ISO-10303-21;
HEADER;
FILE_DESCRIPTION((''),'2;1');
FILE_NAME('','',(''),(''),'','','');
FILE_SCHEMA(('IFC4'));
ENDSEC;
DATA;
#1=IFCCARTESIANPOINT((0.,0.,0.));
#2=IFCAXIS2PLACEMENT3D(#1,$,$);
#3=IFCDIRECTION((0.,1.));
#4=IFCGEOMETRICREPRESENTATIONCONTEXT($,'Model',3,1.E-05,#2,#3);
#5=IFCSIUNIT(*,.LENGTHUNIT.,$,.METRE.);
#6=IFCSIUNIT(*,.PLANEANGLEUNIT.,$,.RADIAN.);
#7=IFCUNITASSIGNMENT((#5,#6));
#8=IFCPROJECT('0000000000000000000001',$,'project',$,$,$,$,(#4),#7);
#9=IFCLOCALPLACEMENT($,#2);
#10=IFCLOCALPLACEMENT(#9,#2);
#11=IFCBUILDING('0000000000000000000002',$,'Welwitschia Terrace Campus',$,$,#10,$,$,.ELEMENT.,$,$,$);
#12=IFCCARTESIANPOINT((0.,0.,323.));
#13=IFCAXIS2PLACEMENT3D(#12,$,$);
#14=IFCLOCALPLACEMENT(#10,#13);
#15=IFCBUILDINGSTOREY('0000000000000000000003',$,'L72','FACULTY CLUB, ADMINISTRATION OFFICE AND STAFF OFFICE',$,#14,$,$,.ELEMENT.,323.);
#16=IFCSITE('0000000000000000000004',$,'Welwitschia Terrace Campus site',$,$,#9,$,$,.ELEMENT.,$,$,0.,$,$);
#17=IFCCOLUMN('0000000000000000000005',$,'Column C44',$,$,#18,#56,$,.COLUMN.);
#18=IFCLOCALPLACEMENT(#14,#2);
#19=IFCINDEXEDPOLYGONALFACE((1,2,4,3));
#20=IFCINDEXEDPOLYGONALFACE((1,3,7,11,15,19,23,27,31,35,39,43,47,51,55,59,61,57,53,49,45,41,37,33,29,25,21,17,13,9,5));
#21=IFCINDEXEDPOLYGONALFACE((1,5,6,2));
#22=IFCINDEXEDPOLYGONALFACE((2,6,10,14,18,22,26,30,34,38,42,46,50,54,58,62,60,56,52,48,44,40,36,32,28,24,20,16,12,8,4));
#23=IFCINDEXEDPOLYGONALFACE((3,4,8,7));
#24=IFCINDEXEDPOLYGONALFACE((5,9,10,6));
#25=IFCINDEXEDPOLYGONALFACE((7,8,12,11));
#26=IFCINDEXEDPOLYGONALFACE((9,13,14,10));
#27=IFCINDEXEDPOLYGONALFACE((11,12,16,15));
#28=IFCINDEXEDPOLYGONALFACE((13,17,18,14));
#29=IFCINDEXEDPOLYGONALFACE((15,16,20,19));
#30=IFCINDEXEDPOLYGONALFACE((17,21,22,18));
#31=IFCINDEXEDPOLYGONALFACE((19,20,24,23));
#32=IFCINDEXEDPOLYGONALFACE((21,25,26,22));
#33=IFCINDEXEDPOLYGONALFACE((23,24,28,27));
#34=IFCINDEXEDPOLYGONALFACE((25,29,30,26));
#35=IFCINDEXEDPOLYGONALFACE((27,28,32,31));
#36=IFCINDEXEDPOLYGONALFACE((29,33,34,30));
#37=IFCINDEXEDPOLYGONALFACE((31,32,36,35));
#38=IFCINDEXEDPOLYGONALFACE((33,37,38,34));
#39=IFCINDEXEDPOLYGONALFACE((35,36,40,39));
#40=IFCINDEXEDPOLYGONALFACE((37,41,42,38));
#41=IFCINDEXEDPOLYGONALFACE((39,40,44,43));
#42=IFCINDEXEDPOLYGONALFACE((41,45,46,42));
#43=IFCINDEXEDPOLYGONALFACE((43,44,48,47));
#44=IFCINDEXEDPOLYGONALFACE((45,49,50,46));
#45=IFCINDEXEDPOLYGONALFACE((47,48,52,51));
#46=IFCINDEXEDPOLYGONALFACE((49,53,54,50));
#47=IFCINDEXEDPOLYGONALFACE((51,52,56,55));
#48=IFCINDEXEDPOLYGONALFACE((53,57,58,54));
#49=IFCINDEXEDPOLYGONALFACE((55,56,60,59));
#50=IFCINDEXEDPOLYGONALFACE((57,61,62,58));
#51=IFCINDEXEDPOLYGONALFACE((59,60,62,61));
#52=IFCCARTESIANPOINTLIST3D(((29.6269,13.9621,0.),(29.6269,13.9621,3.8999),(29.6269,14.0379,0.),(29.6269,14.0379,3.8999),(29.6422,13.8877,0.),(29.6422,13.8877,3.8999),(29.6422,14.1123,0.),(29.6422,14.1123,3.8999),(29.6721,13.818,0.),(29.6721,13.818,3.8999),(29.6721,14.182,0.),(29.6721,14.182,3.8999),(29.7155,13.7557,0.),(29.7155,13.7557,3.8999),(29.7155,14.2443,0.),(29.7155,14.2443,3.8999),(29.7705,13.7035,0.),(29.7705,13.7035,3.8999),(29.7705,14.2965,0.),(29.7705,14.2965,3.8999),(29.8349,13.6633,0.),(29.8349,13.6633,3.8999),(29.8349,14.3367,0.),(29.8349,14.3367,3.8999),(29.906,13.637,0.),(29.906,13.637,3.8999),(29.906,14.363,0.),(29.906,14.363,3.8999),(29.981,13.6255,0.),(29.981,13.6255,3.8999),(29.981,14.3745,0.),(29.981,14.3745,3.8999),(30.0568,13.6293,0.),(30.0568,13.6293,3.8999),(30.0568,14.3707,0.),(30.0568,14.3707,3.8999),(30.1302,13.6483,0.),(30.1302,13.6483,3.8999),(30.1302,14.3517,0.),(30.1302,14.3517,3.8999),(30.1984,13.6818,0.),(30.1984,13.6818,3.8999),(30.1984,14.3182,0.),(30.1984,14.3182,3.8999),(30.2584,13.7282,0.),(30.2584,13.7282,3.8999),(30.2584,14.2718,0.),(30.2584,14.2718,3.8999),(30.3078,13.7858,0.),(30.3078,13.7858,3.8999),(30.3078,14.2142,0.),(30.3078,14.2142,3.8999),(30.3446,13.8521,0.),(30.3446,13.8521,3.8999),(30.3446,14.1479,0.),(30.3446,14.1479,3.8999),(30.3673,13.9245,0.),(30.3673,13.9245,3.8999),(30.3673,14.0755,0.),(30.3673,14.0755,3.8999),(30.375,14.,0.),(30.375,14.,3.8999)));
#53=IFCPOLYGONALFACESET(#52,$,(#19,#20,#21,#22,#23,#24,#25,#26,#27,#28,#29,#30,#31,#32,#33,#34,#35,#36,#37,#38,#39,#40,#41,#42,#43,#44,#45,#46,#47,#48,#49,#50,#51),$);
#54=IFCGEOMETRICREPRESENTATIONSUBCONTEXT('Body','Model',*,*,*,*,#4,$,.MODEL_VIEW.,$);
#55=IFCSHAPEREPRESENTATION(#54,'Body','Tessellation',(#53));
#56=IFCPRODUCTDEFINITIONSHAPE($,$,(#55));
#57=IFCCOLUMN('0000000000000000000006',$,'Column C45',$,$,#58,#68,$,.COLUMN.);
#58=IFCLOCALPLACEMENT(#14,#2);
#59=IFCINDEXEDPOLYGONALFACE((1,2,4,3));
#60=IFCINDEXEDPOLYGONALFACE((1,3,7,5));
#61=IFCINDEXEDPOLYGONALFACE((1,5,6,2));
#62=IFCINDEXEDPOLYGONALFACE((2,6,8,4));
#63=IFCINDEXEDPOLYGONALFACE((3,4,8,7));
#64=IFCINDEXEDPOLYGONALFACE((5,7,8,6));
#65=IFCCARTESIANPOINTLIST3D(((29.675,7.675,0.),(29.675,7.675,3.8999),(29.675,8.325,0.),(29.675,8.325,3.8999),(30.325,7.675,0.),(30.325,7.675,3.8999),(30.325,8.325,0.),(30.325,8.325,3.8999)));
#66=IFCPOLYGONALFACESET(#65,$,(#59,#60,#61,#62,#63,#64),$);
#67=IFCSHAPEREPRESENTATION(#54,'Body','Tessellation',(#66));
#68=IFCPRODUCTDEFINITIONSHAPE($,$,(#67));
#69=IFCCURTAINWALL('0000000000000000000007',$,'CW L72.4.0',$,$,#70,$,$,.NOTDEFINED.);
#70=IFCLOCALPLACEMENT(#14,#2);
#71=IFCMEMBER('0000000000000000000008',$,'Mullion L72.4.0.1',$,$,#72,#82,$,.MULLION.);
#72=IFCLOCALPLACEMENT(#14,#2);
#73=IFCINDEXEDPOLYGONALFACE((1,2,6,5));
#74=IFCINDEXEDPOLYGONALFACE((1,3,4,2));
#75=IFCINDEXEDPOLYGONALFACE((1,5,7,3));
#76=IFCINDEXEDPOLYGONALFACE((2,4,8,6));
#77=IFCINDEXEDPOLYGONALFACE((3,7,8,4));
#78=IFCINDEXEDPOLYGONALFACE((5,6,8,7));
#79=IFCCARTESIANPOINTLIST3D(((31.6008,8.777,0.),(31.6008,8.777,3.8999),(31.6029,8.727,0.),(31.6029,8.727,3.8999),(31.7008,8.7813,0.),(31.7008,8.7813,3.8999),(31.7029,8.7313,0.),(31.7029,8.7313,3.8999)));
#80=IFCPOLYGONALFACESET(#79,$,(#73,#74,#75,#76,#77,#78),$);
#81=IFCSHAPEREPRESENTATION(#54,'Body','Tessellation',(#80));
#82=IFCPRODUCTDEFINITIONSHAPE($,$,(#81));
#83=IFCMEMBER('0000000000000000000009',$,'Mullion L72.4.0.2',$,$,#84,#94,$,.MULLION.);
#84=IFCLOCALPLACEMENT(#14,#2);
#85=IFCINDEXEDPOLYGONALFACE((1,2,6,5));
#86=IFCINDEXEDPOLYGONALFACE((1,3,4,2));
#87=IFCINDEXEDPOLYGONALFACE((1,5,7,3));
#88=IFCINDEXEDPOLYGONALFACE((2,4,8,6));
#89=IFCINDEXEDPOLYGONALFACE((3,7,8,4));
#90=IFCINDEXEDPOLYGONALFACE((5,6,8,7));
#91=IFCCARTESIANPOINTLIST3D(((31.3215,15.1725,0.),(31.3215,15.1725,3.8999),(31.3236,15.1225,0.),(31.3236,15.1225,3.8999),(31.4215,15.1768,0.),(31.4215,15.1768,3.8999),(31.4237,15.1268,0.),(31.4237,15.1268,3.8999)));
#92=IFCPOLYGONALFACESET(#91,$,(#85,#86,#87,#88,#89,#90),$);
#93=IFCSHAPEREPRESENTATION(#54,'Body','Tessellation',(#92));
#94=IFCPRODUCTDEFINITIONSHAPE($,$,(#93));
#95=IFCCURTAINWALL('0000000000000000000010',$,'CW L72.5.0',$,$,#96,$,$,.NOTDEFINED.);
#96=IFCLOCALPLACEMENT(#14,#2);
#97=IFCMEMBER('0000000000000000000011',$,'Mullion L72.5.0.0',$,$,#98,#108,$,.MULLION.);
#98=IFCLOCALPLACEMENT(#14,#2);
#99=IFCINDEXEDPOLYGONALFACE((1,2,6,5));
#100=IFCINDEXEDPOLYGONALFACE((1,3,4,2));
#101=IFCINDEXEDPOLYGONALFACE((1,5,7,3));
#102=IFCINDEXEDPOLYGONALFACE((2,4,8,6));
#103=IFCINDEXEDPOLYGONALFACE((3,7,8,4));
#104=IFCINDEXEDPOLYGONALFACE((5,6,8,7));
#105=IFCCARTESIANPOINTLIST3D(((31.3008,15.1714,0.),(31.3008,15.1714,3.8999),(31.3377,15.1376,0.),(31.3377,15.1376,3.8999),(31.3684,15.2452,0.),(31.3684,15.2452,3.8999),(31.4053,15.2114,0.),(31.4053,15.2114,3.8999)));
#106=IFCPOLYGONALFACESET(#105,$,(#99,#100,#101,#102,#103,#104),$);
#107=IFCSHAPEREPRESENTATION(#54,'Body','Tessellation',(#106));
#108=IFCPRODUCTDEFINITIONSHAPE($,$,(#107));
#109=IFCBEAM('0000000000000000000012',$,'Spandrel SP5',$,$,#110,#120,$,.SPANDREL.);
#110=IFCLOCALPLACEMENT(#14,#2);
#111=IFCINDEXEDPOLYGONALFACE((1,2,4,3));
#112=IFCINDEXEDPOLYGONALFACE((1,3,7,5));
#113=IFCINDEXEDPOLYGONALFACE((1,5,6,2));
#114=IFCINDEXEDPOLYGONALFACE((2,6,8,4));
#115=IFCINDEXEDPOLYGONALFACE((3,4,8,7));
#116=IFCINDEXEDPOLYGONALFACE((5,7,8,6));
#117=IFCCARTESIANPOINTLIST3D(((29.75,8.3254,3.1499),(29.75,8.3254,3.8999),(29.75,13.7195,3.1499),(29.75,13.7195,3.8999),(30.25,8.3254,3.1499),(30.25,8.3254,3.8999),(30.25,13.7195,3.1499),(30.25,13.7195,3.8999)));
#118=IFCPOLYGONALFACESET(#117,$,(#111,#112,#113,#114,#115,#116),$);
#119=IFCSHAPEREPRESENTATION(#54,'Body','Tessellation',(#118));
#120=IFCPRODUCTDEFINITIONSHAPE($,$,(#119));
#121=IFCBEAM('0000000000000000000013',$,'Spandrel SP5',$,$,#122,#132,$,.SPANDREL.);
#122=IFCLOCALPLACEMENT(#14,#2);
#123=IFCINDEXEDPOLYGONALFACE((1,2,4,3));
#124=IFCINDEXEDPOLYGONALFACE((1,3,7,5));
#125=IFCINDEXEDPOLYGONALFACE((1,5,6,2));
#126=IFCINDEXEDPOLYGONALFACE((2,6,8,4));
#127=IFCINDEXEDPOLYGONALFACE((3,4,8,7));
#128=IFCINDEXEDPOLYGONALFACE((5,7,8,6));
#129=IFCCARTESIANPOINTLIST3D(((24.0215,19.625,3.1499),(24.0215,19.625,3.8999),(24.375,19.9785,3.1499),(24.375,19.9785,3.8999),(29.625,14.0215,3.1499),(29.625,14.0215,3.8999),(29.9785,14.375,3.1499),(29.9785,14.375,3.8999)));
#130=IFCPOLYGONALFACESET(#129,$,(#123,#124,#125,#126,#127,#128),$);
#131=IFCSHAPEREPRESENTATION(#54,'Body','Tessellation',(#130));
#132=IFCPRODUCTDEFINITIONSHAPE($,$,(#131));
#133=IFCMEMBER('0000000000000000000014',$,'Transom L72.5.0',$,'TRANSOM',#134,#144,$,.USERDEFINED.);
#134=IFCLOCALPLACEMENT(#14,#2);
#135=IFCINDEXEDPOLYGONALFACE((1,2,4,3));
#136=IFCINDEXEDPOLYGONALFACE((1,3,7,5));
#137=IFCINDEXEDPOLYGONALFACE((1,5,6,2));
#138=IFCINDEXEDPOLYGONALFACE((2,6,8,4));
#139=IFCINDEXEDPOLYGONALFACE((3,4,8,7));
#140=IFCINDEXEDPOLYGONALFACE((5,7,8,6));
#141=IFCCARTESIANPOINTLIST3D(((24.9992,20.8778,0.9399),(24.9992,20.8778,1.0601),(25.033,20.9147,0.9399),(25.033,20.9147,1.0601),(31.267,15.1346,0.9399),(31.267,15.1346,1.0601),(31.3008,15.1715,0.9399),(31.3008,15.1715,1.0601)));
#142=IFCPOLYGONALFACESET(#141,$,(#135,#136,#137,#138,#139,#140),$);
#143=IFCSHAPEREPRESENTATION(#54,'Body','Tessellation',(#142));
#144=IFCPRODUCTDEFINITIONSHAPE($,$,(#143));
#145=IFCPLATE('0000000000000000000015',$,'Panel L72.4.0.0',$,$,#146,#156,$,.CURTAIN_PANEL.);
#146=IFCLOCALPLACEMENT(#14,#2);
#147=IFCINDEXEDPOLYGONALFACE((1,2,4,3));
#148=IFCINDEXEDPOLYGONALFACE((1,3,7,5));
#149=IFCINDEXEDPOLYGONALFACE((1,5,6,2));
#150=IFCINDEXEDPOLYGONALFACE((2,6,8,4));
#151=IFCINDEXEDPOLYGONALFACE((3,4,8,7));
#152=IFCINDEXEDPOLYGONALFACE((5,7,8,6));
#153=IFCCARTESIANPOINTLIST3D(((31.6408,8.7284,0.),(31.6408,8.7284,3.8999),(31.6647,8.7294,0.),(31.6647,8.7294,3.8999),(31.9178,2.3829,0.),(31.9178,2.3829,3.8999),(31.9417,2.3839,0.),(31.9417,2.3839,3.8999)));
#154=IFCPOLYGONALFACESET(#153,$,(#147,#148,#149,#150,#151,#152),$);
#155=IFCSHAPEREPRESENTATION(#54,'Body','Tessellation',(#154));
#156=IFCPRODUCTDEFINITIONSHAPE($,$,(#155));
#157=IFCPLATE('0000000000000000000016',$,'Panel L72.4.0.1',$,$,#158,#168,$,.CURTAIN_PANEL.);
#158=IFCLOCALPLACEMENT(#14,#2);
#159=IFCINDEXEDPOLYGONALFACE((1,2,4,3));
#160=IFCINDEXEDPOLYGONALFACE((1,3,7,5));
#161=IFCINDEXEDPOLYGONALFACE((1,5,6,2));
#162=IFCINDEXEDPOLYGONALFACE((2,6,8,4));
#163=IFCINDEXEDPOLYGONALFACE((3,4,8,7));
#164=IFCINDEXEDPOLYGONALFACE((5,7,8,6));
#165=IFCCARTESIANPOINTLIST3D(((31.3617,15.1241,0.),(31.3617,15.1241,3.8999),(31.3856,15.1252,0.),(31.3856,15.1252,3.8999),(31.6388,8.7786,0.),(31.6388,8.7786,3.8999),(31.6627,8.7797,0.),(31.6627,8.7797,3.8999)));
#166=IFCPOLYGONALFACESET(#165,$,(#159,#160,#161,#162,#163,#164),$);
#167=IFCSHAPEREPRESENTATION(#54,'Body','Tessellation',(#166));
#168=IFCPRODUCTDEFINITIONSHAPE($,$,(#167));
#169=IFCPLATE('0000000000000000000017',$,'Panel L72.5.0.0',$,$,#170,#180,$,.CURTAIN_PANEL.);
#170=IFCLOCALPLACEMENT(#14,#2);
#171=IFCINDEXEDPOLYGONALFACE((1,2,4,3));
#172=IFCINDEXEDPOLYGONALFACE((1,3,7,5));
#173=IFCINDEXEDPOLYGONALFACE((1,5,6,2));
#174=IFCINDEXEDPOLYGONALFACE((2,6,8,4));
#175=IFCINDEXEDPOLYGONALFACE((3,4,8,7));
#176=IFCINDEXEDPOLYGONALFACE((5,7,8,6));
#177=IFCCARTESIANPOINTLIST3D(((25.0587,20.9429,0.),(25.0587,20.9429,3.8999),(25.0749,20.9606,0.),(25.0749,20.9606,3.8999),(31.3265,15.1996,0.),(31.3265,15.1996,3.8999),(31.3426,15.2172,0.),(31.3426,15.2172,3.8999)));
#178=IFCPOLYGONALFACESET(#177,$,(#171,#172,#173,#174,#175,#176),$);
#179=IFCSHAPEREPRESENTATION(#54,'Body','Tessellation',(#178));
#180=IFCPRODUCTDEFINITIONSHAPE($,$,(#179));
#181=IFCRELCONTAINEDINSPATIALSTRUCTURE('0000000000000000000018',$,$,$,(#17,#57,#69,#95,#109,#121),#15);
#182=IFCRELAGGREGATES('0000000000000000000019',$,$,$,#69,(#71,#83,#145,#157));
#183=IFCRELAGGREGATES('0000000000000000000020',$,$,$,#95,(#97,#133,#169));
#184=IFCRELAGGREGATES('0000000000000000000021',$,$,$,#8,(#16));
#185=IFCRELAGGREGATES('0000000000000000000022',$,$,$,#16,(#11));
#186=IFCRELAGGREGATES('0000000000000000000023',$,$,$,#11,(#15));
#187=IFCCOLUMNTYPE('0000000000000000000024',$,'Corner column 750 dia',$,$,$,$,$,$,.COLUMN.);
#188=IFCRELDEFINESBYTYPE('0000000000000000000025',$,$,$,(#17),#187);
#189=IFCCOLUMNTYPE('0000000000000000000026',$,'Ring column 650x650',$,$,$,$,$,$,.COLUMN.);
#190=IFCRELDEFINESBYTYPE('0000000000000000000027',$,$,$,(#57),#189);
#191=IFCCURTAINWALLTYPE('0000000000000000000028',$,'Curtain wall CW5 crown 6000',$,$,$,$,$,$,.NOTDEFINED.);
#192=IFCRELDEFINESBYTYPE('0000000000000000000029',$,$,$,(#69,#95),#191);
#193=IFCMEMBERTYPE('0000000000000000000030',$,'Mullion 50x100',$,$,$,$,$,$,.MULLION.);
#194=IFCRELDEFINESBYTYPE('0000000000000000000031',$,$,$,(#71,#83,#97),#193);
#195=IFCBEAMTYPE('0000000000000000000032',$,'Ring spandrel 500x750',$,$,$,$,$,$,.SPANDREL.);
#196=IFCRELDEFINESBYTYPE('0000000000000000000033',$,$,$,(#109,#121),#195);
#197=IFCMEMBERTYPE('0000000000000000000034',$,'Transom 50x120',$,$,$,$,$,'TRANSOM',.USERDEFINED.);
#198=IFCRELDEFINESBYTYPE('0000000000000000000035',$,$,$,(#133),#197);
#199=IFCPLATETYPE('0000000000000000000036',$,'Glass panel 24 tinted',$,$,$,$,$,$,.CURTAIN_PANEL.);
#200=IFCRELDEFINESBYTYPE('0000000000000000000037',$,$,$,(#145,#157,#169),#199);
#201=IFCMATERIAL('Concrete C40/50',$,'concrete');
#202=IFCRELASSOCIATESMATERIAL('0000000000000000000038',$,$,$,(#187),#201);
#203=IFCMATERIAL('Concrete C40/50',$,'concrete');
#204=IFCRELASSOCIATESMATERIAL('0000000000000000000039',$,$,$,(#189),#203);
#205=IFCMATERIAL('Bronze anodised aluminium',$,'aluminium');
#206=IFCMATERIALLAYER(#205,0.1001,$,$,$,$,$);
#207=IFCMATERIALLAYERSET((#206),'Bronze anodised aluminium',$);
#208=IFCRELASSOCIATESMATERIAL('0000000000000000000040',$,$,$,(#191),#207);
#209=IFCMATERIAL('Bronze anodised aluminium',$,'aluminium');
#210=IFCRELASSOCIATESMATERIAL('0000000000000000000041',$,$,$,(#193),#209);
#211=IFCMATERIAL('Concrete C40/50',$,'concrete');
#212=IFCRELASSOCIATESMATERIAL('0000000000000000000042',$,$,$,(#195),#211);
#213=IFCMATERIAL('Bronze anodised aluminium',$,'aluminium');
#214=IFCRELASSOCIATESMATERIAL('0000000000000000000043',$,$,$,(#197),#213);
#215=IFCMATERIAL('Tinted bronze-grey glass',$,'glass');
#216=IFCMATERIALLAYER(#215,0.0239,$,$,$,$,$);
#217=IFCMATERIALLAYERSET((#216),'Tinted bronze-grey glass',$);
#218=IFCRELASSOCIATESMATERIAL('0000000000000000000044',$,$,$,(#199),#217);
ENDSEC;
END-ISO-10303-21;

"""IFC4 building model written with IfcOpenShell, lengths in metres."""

from ifc_helpers import new_model, si_unit, direction, frame, origin, origin_2d, place, context, subcontext, project, spatial, rectangle, circle, extrude, material, layer, layer_set, material_profile, profile_set, type_object, element, aggregate, save


model = new_model("IFC4")

# Units and contexts
model_context = context("Model", 3, precision=1e-05, world=origin(), true_north=direction((0.0, 1.0)))
body_context = subcontext(model_context, "Body", "Model", "MODEL_VIEW")
ifc_project = project(units=[si_unit("LENGTHUNIT", "METRE"), si_unit("PLANEANGLEUNIT", "RADIAN")], contexts=[model_context])

# Site, building, storey
site_placement = place(None, origin())
site = spatial("IfcSite", under=ifc_project, at=site_placement, Name="Welwitschia Terrace Campus site", CompositionType="ELEMENT", RefElevation=0.0)
building_placement = place(site_placement, origin())
building = spatial("IfcBuilding", under=site, at=building_placement, Name="Welwitschia Terrace Campus", CompositionType="ELEMENT")
storey_placement = place(building_placement, frame((0.0, 0.0, 323.0)))
storey = spatial("IfcBuildingStorey", under=building, at=storey_placement, Name="L72", Description="FACULTY CLUB, ADMINISTRATION OFFICE AND STAFF OFFICE", CompositionType="ELEMENT", Elevation=323.0)

# Columns
ifc_material_1 = material(Name="Concrete C40/50", Category="concrete")
ifc_material_profile_1 = material_profile(ifc_material_1, circle(Radius=0.375, at=origin_2d()))
ifc_profile_set_1 = profile_set([ifc_material_profile_1], Name="Concrete C40/50")
column_type_1 = type_object("IfcColumnType", Name="Corner column 750 dia", PredefinedType="COLUMN", material=ifc_profile_set_1)
column_1_placement = place(storey_placement, frame((30.0, 14.0, 0.0), z_axis=(0.0, 0.0, 1.0), x_axis=(1.0, 0.0, 0.0)))
element("IfcColumn", 1, at=column_1_placement, inside=storey, type_object=column_type_1, Name="Column C44", PredefinedType="COLUMN", context=body_context, shape_type="SweptSolid", body=[
    extrude(circle(Radius=0.375, at=origin_2d()), origin(), (0.0, 0.0, 1.0), 3.8999),
])
ifc_material_2 = material(Name="Concrete C40/50", Category="concrete")
ifc_material_profile_2 = material_profile(ifc_material_2, rectangle(XDim=0.6499, YDim=0.6499, at=origin_2d()))
ifc_profile_set_2 = profile_set([ifc_material_profile_2], Name="Concrete C40/50")
column_type_2 = type_object("IfcColumnType", Name="Ring column 650x650", PredefinedType="COLUMN", material=ifc_profile_set_2)
column_2_placement = place(storey_placement, frame((30.0, 8.0, 0.0), z_axis=(0.0, 0.0, 1.0), x_axis=(1.0, 0.0, 0.0)))
element("IfcColumn", 2, at=column_2_placement, inside=storey, type_object=column_type_2, Name="Column C45", PredefinedType="COLUMN", context=body_context, shape_type="SweptSolid", body=[
    extrude(rectangle(XDim=0.6499, YDim=0.6499, at=origin_2d()), origin(), (0.0, 0.0, 1.0), 3.8999),
])

# Curtain wall, members
ifc_material_3 = material(Name="Bronze anodised aluminium", Category="aluminium")
ifc_layer_1 = layer(ifc_material_3, 0.1001)
ifc_layer_set_1 = layer_set([ifc_layer_1], Name="Bronze anodised aluminium")
curtain_wall_type = type_object("IfcCurtainWallType", Name="Curtain wall CW5 crown 6000", PredefinedType="NOTDEFINED", material=ifc_layer_set_1)
curtain_wall_1_placement = place(storey_placement, origin())
curtain_wall_1 = element("IfcCurtainWall", 3, at=curtain_wall_1_placement, inside=storey, type_object=curtain_wall_type, Name="CW L72.4.0", PredefinedType="NOTDEFINED")
ifc_material_4 = material(Name="Bronze anodised aluminium", Category="aluminium")
ifc_material_profile_3 = material_profile(ifc_material_4, rectangle(XDim=0.1001, YDim=0.05, at=origin_2d()))
ifc_profile_set_3 = profile_set([ifc_material_profile_3], Name="Bronze anodised aluminium")
member_type_1 = type_object("IfcMemberType", Name="Mullion 50x100", PredefinedType="MULLION", material=ifc_profile_set_3)
member_1_placement = place(storey_placement, frame((31.6519, 8.7542, 0.0), z_axis=(0.0, 0.0, 1.0), x_axis=(-0.999048, -0.043619, 0.0)))
member_1 = element("IfcMember", 4, at=member_1_placement, type_object=member_type_1, Name="Mullion L72.4.0.1", PredefinedType="MULLION", context=body_context, shape_type="SweptSolid", body=[
    extrude(rectangle(XDim=0.1001, YDim=0.05, at=origin_2d()), origin(), (0.0, 0.0, 1.0), 3.8999),
])
member_2_placement = place(storey_placement, frame((31.3726, 15.1497, 0.0), z_axis=(0.0, 0.0, 1.0), x_axis=(-0.999048, -0.043619, 0.0)))
member_2 = element("IfcMember", 5, at=member_2_placement, type_object=member_type_1, Name="Mullion L72.4.0.2", PredefinedType="MULLION", context=body_context, shape_type="SweptSolid", body=[
    extrude(rectangle(XDim=0.1001, YDim=0.05, at=origin_2d()), origin(), (0.0, 0.0, 1.0), 3.8999),
])

# Curtain wall, member
curtain_wall_2_placement = place(storey_placement, origin())
curtain_wall_2 = element("IfcCurtainWall", 6, at=curtain_wall_2_placement, inside=storey, type_object=curtain_wall_type, Name="CW L72.5.0", PredefinedType="NOTDEFINED")
member_3_placement = place(storey_placement, frame((31.353, 15.1914, 0.0), z_axis=(0.0, 0.0, 1.0), x_axis=(-0.67559, -0.737277, 0.0)))
member_3 = element("IfcMember", 7, at=member_3_placement, type_object=member_type_1, Name="Mullion L72.5.0.0", PredefinedType="MULLION", context=body_context, shape_type="SweptSolid", body=[
    extrude(rectangle(XDim=0.1001, YDim=0.05, at=origin_2d()), origin(), (0.0, 0.0, 1.0), 3.8999),
])

# Beams
ifc_material_5 = material(Name="Concrete C40/50", Category="concrete")
ifc_material_profile_4 = material_profile(ifc_material_5, rectangle(XDim=0.5, YDim=0.75, at=origin_2d()))
ifc_profile_set_4 = profile_set([ifc_material_profile_4], Name="Concrete C40/50")
beam_type = type_object("IfcBeamType", Name="Ring spandrel 500x750", PredefinedType="SPANDREL", material=ifc_profile_set_4)
beam_1_placement = place(storey_placement, frame((30.0, 8.3254, 3.5249), z_axis=(0.0, 1.0, 0.0), x_axis=(-1.0, 0.0, 0.0)))
element("IfcBeam", 8, at=beam_1_placement, inside=storey, type_object=beam_type, Name="Spandrel SP5", PredefinedType="SPANDREL", context=body_context, shape_type="SweptSolid", body=[
    extrude(rectangle(XDim=0.5, YDim=0.75, at=origin_2d()), origin(), (0.0, 0.0, 1.0), 5.394),
])
beam_2_placement = place(storey_placement, frame((29.8018, 14.1982, 3.5249), z_axis=(-0.707107, 0.707107, 0.0), x_axis=(-0.707107, -0.707107, 0.0)))
element("IfcBeam", 9, at=beam_2_placement, inside=storey, type_object=beam_type, Name="Spandrel SP5", PredefinedType="SPANDREL", context=body_context, shape_type="SweptSolid", body=[
    extrude(rectangle(XDim=0.5, YDim=0.75, at=origin_2d()), origin(), (0.0, 0.0, 1.0), 7.9246),
])

# Member
ifc_material_6 = material(Name="Bronze anodised aluminium", Category="aluminium")
ifc_material_profile_5 = material_profile(ifc_material_6, rectangle(XDim=0.05, YDim=0.1201, at=origin_2d()))
ifc_profile_set_5 = profile_set([ifc_material_profile_5], Name="Bronze anodised aluminium")
member_type_2 = type_object("IfcMemberType", Name="Transom 50x120", ElementType="TRANSOM", PredefinedType="USERDEFINED", material=ifc_profile_set_5)
member_4_placement = place(storey_placement, frame((31.2839, 15.1531, 1.0), z_axis=(-0.737291, 0.675575, 0.0), x_axis=(-0.675575, -0.737291, 0.0)))
member_4 = element("IfcMember", 10, at=member_4_placement, type_object=member_type_2, Name="Transom L72.5.0", ObjectType="TRANSOM", PredefinedType="USERDEFINED", context=body_context, shape_type="SweptSolid", body=[
    extrude(rectangle(XDim=0.05, YDim=0.1201, at=origin_2d()), origin(), (0.0, 0.0, 1.0), 8.5012),
])

# Plates
ifc_material_7 = material(Name="Tinted bronze-grey glass", Category="glass")
ifc_layer_2 = layer(ifc_material_7, 0.0239)
ifc_layer_set_2 = layer_set([ifc_layer_2], Name="Tinted bronze-grey glass")
plate_type = type_object("IfcPlateType", Name="Glass panel 24 tinted", PredefinedType="CURTAIN_PANEL", material=ifc_layer_set_2)
plate_1_placement = place(storey_placement, frame((31.7913, 5.5562, 0.0), z_axis=(0.0, 0.0, 1.0), x_axis=(-0.043619, 0.999048, 0.0)))
plate_1 = element("IfcPlate", 11, at=plate_1_placement, type_object=plate_type, Name="Panel L72.4.0.0", PredefinedType="CURTAIN_PANEL", context=body_context, shape_type="SweptSolid", body=[
    extrude(rectangle(XDim=6.3516, YDim=0.0239, at=origin_2d()), origin(), (0.0, 0.0, 1.0), 3.8999),
])
plate_2_placement = place(storey_placement, frame((31.5122, 11.9519, 0.0), z_axis=(0.0, 0.0, 1.0), x_axis=(-0.043619, 0.999048, 0.0)))
plate_2 = element("IfcPlate", 12, at=plate_2_placement, type_object=plate_type, Name="Panel L72.4.0.1", PredefinedType="CURTAIN_PANEL", context=body_context, shape_type="SweptSolid", body=[
    extrude(rectangle(XDim=6.3516, YDim=0.0239, at=origin_2d()), origin(), (0.0, 0.0, 1.0), 3.8999),
])
aggregate(curtain_wall_1, [member_1, member_2, plate_1, plate_2])
plate_3_placement = place(storey_placement, frame((28.2007, 18.0801, 0.0), z_axis=(0.0, 0.0, 1.0), x_axis=(-0.737277, 0.67559, 0.0)))
plate_3 = element("IfcPlate", 13, at=plate_3_placement, type_object=plate_type, Name="Panel L72.5.0.0", PredefinedType="CURTAIN_PANEL", context=body_context, shape_type="SweptSolid", body=[
    extrude(rectangle(XDim=8.5012, YDim=0.0239, at=origin_2d()), origin(), (0.0, 0.0, 1.0), 3.8999),
])
aggregate(curtain_wall_2, [member_3, member_4, plate_3])

save(model, "model.ifc")
